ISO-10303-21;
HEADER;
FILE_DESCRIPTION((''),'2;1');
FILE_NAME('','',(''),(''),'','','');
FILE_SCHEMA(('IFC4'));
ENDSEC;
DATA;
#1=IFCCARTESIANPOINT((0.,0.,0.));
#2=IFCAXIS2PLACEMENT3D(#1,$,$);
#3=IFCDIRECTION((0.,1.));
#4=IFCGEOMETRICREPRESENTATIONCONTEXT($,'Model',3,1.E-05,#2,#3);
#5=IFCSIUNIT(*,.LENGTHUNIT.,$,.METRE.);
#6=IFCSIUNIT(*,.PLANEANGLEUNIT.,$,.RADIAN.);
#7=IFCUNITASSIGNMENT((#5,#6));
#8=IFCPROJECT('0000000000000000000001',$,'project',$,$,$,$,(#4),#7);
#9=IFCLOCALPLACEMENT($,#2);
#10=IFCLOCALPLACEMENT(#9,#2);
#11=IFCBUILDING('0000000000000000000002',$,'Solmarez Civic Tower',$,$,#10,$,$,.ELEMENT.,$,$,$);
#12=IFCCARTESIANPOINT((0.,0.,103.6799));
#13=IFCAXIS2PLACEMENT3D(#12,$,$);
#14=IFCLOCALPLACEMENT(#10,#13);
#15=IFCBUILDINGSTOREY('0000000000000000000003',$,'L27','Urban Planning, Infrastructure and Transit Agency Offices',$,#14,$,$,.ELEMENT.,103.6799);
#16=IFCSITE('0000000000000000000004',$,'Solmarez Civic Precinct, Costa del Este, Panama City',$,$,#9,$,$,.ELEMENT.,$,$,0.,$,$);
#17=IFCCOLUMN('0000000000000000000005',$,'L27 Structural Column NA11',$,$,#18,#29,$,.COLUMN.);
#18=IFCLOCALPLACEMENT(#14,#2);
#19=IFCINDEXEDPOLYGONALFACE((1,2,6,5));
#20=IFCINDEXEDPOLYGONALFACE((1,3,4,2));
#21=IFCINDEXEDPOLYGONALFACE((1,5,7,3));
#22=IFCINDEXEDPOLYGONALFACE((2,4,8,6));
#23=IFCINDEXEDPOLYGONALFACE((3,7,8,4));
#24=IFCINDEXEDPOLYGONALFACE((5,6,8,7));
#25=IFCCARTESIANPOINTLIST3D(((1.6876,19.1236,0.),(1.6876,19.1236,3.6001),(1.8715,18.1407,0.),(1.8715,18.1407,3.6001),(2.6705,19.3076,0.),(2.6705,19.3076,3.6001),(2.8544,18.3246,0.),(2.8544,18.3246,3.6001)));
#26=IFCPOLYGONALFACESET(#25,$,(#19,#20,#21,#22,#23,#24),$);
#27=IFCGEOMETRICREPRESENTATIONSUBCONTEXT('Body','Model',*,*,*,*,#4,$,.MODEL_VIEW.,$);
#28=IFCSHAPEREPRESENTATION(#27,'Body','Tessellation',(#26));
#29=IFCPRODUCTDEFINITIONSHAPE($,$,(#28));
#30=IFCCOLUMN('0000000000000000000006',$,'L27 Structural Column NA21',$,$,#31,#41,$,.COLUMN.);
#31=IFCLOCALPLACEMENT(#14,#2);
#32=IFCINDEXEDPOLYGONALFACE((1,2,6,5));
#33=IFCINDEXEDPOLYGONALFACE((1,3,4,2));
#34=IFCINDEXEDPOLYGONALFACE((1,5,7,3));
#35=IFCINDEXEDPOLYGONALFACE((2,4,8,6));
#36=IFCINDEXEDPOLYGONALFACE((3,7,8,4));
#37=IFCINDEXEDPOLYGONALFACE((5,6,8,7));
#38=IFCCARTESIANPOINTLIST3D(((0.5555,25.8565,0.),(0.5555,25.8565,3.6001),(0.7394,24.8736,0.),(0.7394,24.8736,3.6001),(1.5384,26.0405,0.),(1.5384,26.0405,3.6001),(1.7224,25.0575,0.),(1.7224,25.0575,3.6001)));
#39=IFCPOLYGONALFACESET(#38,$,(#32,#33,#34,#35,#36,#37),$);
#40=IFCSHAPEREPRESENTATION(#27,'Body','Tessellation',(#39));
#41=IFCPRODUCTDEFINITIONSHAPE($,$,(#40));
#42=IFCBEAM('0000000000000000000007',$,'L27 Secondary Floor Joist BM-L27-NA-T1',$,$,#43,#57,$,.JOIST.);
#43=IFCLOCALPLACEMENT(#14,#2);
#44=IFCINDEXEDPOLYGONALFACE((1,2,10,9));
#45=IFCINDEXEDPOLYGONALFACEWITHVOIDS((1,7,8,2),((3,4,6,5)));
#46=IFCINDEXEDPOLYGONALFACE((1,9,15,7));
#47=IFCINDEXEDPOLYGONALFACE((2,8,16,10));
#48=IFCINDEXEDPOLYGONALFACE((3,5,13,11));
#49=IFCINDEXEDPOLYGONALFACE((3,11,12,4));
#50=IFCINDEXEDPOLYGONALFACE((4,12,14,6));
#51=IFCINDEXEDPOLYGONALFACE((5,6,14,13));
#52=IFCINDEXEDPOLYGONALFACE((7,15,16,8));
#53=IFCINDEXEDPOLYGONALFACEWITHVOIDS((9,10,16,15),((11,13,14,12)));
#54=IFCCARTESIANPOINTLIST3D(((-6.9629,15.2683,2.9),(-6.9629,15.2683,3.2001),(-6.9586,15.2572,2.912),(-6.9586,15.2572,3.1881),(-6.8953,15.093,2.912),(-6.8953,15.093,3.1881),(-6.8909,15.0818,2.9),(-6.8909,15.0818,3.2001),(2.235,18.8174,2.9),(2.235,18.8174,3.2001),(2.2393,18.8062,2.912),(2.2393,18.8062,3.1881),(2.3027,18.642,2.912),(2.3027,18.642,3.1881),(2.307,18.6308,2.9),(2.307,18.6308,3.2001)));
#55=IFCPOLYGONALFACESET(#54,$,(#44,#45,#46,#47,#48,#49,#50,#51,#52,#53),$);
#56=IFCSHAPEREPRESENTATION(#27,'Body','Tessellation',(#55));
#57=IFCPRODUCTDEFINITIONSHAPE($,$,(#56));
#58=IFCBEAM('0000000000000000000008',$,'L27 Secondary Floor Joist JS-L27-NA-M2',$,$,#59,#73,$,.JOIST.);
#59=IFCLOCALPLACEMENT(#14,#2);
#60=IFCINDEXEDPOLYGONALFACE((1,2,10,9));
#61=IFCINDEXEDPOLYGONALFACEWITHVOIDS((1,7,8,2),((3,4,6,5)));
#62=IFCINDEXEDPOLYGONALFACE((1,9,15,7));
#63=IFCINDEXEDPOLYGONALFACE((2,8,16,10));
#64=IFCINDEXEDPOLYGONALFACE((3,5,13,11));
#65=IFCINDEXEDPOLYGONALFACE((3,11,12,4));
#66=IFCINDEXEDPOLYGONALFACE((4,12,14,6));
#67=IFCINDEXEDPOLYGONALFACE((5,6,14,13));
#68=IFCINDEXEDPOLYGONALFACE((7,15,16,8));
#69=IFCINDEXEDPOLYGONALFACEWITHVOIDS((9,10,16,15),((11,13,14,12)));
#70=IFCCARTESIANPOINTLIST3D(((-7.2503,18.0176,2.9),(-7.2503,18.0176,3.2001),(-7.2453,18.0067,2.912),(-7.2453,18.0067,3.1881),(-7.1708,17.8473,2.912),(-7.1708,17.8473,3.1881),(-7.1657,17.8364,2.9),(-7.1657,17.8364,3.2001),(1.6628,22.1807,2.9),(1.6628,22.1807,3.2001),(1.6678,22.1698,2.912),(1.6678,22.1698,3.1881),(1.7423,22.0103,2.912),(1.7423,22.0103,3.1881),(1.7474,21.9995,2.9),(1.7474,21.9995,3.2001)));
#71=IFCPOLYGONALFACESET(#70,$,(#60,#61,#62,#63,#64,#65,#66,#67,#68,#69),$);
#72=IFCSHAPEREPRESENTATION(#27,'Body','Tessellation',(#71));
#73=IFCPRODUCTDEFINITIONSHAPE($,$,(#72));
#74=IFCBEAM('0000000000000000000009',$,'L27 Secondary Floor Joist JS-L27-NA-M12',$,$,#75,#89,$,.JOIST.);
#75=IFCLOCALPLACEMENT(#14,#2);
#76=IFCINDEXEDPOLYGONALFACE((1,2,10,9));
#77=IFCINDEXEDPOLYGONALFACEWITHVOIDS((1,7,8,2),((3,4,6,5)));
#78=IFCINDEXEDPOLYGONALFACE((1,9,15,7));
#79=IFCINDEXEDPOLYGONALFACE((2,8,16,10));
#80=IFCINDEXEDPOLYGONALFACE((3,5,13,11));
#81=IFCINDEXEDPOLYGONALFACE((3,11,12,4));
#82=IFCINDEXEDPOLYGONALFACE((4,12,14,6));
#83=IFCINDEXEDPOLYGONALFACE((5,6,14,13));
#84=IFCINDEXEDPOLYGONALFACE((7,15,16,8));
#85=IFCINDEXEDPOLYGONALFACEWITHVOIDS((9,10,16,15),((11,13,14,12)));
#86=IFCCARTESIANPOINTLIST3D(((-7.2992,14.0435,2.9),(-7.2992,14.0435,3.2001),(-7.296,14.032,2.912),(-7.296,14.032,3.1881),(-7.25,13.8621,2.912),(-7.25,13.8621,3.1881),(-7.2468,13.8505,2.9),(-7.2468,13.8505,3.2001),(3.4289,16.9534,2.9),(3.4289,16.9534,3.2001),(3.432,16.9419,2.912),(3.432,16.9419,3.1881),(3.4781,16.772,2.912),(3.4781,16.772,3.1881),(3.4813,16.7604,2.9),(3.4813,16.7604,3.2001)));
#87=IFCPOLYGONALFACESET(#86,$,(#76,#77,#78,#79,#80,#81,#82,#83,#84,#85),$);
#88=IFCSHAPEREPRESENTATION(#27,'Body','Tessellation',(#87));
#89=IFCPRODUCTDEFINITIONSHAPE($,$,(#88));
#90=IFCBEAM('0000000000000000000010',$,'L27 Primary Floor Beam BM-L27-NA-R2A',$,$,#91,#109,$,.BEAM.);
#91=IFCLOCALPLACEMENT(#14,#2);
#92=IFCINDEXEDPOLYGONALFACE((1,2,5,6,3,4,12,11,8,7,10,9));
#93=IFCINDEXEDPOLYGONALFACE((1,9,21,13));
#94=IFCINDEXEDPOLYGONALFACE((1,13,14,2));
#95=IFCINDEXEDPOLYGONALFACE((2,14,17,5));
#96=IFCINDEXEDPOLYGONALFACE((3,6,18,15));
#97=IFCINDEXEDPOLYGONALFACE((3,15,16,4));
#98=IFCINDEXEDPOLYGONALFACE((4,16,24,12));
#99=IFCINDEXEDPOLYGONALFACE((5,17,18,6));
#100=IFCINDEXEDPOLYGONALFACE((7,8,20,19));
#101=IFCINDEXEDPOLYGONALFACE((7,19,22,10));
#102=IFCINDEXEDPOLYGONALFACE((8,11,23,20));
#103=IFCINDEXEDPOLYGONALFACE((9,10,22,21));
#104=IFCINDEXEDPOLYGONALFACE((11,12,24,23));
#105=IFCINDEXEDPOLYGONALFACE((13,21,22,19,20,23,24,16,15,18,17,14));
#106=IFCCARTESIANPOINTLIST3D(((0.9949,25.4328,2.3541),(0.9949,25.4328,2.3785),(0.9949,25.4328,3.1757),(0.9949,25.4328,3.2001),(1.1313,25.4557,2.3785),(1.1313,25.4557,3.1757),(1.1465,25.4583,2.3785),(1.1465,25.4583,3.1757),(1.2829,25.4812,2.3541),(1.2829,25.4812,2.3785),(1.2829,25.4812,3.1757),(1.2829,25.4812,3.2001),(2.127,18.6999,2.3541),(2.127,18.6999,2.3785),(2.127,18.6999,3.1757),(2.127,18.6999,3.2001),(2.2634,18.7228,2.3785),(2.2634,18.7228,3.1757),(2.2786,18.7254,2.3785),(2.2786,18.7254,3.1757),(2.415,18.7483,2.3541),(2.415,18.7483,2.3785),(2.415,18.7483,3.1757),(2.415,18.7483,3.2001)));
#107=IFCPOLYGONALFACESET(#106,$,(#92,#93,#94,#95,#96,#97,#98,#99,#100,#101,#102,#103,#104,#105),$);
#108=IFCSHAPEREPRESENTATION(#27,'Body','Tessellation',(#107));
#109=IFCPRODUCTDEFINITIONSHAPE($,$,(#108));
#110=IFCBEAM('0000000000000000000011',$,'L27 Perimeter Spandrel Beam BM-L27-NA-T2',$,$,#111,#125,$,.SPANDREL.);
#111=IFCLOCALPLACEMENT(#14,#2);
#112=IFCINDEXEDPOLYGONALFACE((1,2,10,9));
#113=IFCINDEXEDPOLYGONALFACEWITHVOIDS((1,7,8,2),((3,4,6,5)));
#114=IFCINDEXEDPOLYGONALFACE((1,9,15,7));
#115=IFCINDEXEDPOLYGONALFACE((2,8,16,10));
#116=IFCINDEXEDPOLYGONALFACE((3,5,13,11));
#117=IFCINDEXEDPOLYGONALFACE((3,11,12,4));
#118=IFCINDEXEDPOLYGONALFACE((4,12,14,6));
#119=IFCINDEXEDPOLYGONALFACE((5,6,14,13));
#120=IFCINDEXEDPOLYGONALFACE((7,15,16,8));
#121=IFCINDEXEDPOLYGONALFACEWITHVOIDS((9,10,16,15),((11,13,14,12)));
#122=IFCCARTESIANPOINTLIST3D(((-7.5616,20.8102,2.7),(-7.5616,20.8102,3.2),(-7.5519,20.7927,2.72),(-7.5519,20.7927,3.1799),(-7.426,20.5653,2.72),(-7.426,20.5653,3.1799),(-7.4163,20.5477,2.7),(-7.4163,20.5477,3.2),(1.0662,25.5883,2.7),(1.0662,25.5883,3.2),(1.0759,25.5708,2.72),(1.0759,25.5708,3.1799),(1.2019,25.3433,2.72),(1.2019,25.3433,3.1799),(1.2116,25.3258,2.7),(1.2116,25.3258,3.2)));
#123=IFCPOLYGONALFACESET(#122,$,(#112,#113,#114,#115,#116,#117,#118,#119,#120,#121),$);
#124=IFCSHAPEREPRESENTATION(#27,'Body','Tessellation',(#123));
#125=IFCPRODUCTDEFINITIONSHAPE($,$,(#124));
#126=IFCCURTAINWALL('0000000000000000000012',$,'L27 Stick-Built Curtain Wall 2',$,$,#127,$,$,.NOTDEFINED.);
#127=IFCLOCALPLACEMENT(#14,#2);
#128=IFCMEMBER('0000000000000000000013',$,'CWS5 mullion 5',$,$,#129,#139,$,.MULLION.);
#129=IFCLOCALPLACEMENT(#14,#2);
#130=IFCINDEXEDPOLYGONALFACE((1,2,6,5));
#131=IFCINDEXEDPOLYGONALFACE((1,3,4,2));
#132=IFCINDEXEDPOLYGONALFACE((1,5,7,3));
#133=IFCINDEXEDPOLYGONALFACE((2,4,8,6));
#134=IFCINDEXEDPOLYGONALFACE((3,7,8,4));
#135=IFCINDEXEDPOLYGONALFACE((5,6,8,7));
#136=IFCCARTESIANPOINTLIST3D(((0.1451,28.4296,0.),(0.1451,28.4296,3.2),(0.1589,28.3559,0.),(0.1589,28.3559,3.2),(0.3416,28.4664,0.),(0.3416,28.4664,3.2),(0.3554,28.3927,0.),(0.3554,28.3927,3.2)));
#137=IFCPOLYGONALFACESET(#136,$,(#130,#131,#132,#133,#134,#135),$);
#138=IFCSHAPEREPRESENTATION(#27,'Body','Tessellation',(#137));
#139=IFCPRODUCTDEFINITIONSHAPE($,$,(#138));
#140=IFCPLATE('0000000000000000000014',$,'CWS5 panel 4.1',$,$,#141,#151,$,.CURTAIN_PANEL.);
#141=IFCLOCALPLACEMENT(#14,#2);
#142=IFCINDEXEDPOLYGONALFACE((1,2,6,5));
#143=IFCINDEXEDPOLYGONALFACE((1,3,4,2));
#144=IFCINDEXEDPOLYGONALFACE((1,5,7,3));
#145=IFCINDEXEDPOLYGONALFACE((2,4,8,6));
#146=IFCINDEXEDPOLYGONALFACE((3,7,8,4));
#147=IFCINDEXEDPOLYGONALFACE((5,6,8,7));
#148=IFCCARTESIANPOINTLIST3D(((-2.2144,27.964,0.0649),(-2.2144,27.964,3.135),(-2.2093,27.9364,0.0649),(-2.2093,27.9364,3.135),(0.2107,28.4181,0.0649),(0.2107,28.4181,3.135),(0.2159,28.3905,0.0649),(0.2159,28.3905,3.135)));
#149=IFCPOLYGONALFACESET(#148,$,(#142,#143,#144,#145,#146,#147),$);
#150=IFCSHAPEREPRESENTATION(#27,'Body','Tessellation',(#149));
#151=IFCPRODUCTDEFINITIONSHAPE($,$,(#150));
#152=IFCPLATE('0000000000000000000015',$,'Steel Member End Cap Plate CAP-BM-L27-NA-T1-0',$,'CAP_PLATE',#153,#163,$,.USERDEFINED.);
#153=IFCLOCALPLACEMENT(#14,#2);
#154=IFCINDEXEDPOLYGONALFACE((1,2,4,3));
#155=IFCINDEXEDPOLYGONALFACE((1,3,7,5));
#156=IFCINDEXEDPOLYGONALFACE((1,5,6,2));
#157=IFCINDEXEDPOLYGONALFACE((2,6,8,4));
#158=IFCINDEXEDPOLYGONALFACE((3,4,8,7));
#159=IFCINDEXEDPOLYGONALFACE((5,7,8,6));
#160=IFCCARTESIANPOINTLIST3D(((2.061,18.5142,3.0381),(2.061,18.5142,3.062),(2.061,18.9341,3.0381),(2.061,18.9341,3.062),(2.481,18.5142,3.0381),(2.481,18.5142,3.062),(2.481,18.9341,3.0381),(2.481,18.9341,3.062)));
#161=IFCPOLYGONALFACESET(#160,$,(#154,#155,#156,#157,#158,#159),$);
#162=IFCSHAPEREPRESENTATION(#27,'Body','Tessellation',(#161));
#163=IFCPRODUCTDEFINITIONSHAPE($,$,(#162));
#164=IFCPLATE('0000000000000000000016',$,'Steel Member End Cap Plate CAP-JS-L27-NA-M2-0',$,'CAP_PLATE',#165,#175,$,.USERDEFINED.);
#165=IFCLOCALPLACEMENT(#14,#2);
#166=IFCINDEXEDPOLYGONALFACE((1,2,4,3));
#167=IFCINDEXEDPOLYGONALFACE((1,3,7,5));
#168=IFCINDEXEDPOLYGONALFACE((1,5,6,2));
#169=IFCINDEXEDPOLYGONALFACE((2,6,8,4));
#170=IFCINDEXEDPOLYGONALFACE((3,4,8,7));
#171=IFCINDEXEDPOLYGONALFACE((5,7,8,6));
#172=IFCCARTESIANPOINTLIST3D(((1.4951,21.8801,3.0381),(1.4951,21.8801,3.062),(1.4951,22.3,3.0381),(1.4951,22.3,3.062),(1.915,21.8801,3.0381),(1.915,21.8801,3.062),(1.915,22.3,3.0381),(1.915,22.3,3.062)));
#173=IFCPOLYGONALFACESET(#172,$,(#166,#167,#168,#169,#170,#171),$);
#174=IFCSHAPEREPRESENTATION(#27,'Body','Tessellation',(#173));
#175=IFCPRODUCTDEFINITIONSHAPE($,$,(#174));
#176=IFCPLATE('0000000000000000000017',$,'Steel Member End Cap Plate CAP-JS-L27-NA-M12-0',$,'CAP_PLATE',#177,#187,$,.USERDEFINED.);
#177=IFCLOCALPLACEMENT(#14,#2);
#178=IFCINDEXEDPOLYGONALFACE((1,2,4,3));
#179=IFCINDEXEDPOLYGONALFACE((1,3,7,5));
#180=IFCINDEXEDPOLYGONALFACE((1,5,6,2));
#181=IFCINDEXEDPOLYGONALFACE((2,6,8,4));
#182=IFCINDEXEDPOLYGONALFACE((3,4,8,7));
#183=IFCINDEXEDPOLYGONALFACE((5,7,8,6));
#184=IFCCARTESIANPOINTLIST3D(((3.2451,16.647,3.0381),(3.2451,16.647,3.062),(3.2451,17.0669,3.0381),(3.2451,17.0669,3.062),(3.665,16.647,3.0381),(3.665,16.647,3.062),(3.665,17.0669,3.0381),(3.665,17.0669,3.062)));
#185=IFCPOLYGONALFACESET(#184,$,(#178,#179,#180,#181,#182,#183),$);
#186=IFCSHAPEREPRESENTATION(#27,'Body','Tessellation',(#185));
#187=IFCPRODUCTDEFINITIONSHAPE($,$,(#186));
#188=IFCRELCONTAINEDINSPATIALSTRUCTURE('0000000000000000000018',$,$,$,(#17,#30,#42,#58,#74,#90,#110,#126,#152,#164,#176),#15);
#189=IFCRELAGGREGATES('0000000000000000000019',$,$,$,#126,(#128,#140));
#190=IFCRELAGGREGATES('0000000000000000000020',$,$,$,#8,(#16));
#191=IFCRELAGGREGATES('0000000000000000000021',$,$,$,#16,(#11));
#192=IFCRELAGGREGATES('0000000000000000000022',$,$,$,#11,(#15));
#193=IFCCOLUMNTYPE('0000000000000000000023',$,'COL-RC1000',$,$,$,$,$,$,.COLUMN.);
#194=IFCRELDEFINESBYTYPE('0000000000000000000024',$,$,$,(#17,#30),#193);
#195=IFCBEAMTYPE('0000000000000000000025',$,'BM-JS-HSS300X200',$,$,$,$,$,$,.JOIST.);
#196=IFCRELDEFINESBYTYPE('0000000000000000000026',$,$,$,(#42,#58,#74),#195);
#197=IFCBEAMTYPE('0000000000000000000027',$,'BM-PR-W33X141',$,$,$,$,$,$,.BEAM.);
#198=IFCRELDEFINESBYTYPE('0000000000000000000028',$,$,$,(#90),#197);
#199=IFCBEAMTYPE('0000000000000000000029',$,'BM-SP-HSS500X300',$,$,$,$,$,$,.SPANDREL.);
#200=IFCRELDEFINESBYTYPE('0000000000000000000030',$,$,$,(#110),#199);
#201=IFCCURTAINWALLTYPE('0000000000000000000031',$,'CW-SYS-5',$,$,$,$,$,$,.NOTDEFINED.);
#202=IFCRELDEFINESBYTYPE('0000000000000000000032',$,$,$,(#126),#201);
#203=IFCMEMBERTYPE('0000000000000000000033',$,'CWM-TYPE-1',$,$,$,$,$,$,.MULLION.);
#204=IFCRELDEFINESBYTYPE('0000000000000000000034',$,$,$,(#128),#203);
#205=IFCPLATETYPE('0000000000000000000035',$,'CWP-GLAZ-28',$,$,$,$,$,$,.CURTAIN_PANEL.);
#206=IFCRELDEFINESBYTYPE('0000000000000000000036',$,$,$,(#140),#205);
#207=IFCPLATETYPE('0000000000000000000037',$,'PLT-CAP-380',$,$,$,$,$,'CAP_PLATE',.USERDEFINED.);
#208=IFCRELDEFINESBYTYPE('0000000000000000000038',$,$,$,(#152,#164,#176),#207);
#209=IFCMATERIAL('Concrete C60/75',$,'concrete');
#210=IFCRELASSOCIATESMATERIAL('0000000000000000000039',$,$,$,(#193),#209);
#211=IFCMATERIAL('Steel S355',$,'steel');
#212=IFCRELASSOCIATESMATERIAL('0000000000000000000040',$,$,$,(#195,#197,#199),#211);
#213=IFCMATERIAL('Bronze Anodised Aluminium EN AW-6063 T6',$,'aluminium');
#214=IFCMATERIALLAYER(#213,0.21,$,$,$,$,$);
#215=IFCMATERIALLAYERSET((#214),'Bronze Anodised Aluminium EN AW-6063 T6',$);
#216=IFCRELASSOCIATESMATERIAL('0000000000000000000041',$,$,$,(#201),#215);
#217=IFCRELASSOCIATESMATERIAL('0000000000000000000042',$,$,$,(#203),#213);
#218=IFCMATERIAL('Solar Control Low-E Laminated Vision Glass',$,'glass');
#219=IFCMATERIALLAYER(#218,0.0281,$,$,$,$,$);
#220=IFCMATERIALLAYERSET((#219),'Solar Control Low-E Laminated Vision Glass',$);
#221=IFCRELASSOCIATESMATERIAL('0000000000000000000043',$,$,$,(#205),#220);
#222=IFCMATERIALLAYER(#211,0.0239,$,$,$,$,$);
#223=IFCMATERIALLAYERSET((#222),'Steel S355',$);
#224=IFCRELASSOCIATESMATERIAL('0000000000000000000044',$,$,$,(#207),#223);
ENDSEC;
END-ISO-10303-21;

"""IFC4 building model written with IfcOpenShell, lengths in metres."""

from ifc_helpers import new_model, si_unit, direction, frame, origin, origin_2d, place, context, subcontext, project, spatial, rectangle, hollow_rectangle, i_section, extrude, material, layer, layer_set, material_profile, profile_set, type_object, element, aggregate, save


model = new_model("IFC4")

# Units and contexts
model_context = context("Model", 3, precision=1e-05, world=origin(), true_north=direction((0.0, 1.0)))
body_context = subcontext(model_context, "Body", "Model", "MODEL_VIEW")
ifc_project = project(units=[si_unit("LENGTHUNIT", "METRE"), si_unit("PLANEANGLEUNIT", "RADIAN")], contexts=[model_context])

# Site, building, storey
site_placement = place(None, origin())
site = spatial("IfcSite", under=ifc_project, at=site_placement, Name="Solmarez Civic Precinct, Costa del Este, Panama City", CompositionType="ELEMENT", RefElevation=0.0)
building_placement = place(site_placement, origin())
building = spatial("IfcBuilding", under=site, at=building_placement, Name="Solmarez Civic Tower", CompositionType="ELEMENT")
storey_placement = place(building_placement, frame((0.0, 0.0, 103.6799)))
storey = spatial("IfcBuildingStorey", under=building, at=storey_placement, Name="L27", Description="Urban Planning, Infrastructure and Transit Agency Offices", CompositionType="ELEMENT", Elevation=103.6799)

# Columns
ifc_material_1 = material(Name="Concrete C60/75", Category="concrete")
ifc_material_profile_1 = material_profile(ifc_material_1, rectangle(XDim=1.0, YDim=1.0, at=origin_2d()), Name="RC1000X1000")
ifc_profile_set_1 = profile_set([ifc_material_profile_1], Name="Concrete C60/75")
column_type = type_object("IfcColumnType", Name="COL-RC1000", PredefinedType="COLUMN", material=ifc_profile_set_1)
for number, where, z_axis, x_axis, name in (
    (1, (2.271, 18.7241, 0.0), (0.0, 0.0, 1.0), (0.982935, 0.183951, 0.0), "L27 Structural Column NA11"),
    (2, (1.1389, 25.457, 0.0), (0.0, 0.0, 1.0), (0.982935, 0.183951, 0.0), "L27 Structural Column NA21"),
):
    element("IfcColumn", number, at=place(storey_placement, frame(where, z_axis=z_axis, x_axis=x_axis)), inside=storey, type_object=column_type, Name=name, PredefinedType="COLUMN", context=body_context, shape_type="SweptSolid", body=[
        extrude(rectangle(XDim=1.0, YDim=1.0, at=origin_2d()), origin(), (0.0, 0.0, 1.0), 3.6001),
    ])

# Beams
ifc_material_2 = material(Name="Steel S355", Category="steel")
ifc_material_profile_2 = material_profile(ifc_material_2, hollow_rectangle(XDim=0.2, YDim=0.3, WallThickness=0.012, at=origin_2d()), Name="HSS300X200X12")
ifc_profile_set_2 = profile_set([ifc_material_profile_2], Name="Steel S355")
beam_type_1 = type_object("IfcBeamType", Name="BM-JS-HSS300X200", PredefinedType="JOIST", material=ifc_profile_set_2)
beam_1_placement = place(storey_placement, frame((2.271, 18.7241, 3.05), z_axis=(-0.932958, -0.359984, 0.0), x_axis=(0.359984, -0.932958, 0.0)))
element("IfcBeam", 3, at=beam_1_placement, inside=storey, type_object=beam_type_1, Name="L27 Secondary Floor Joist BM-L27-NA-T1", PredefinedType="JOIST", context=body_context, shape_type="SweptSolid", body=[
    extrude(hollow_rectangle(XDim=0.2, YDim=0.3, WallThickness=0.012, at=origin_2d()), origin(), (0.0, 0.0, 1.0), 9.8589),
])
beam_2_placement = place(storey_placement, frame((1.7051, 22.0901, 3.05), z_axis=(-0.906041, -0.42319, 0.0), x_axis=(0.42319, -0.906041, 0.0)))
element("IfcBeam", 4, at=beam_2_placement, inside=storey, type_object=beam_type_1, Name="L27 Secondary Floor Joist JS-L27-NA-M2", PredefinedType="JOIST", context=body_context, shape_type="SweptSolid", body=[
    extrude(hollow_rectangle(XDim=0.2, YDim=0.3, WallThickness=0.012, at=origin_2d()), origin(), (0.0, 0.0, 1.0), 9.8374),
])
beam_3_placement = place(storey_placement, frame((3.4551, 16.8569, 3.05), z_axis=(-0.965126, -0.261785, 0.0), x_axis=(0.261785, -0.965126, 0.0)))
element("IfcBeam", 5, at=beam_3_placement, inside=storey, type_object=beam_type_1, Name="L27 Secondary Floor Joist JS-L27-NA-M12", PredefinedType="JOIST", context=body_context, shape_type="SweptSolid", body=[
    extrude(hollow_rectangle(XDim=0.2, YDim=0.3, WallThickness=0.012, at=origin_2d()), origin(), (0.0, 0.0, 1.0), 11.1157),
])
ifc_material_profile_3 = material_profile(ifc_material_2, i_section(OverallWidth=0.292, OverallDepth=0.8459, WebThickness=0.0154, FlangeThickness=0.0244, at=origin_2d()), Name="W33X141")
ifc_profile_set_3 = profile_set([ifc_material_profile_3], Name="Steel S355")
beam_type_2 = type_object("IfcBeamType", Name="BM-PR-W33X141", PredefinedType="BEAM", material=ifc_profile_set_3)
beam_4_placement = place(storey_placement, frame((2.271, 18.7241, 2.7771), z_axis=(-0.165814, 0.986157, 0.0), x_axis=(-0.986157, -0.165814, 0.0)))
element("IfcBeam", 6, at=beam_4_placement, inside=storey, type_object=beam_type_2, Name="L27 Primary Floor Beam BM-L27-NA-R2A", PredefinedType="BEAM", context=body_context, shape_type="SweptSolid", body=[
    extrude(i_section(OverallWidth=0.292, OverallDepth=0.8459, WebThickness=0.0154, FlangeThickness=0.0244, at=origin_2d()), origin(), (0.0, 0.0, 1.0), 6.8274),
])
ifc_material_profile_4 = material_profile(ifc_material_2, hollow_rectangle(XDim=0.3, YDim=0.5, WallThickness=0.02, at=origin_2d()), Name="HSS500X300X20")
ifc_profile_set_4 = profile_set([ifc_material_profile_4], Name="Steel S355")
beam_type_3 = type_object("IfcBeamType", Name="BM-SP-HSS500X300", PredefinedType="SPANDREL", material=ifc_profile_set_4)
beam_5_placement = place(storey_placement, frame((1.1389, 25.457, 2.95), z_axis=(-0.874812, -0.484463, 0.0), x_axis=(0.484463, -0.874812, 0.0)))
element("IfcBeam", 7, at=beam_5_placement, inside=storey, type_object=beam_type_3, Name="L27 Perimeter Spandrel Beam BM-L27-NA-T2", PredefinedType="SPANDREL", context=body_context, shape_type="SweptSolid", body=[
    extrude(hollow_rectangle(XDim=0.3, YDim=0.5, WallThickness=0.02, at=origin_2d()), origin(), (0.0, 0.0, 1.0), 9.8625),
])

# Curtain wall, member, plate
ifc_material_3 = material(Name="Bronze Anodised Aluminium EN AW-6063 T6", Category="aluminium")
ifc_layer_1 = layer(ifc_material_3, 0.21)
ifc_layer_set_1 = layer_set([ifc_layer_1], Name="Bronze Anodised Aluminium EN AW-6063 T6")
curtain_wall_type = type_object("IfcCurtainWallType", Name="CW-SYS-5", PredefinedType="NOTDEFINED", material=ifc_layer_set_1)
curtain_wall_placement = place(storey_placement, origin())
curtain_wall = element("IfcCurtainWall", 8, at=curtain_wall_placement, inside=storey, type_object=curtain_wall_type, Name="L27 Stick-Built Curtain Wall 2", PredefinedType="NOTDEFINED")
ifc_material_profile_5 = material_profile(ifc_material_3, rectangle(XDim=0.075, YDim=0.2, at=origin_2d()), Name="CWM-75X200")
ifc_profile_set_5 = profile_set([ifc_material_profile_5], Name="Bronze Anodised Aluminium EN AW-6063 T6")
member_type = type_object("IfcMemberType", Name="CWM-TYPE-1", PredefinedType="MULLION", material=ifc_profile_set_5)
member_placement = place(storey_placement, frame((0.2502, 28.4111, 0.0), z_axis=(0.0, 0.0, 1.0), x_axis=(-0.184025, 0.982922, 0.0)))
member = element("IfcMember", 9, at=member_placement, type_object=member_type, Name="CWS5 mullion 5", PredefinedType="MULLION", context=body_context, shape_type="SweptSolid", body=[
    extrude(rectangle(XDim=0.075, YDim=0.2, at=origin_2d()), origin(), (0.0, 0.0, 1.0), 3.2),
])
ifc_material_4 = material(Name="Solar Control Low-E Laminated Vision Glass", Category="glass")
ifc_layer_2 = layer(ifc_material_4, 0.0281)
ifc_layer_set_2 = layer_set([ifc_layer_2], Name="Solar Control Low-E Laminated Vision Glass")
plate_type_1 = type_object("IfcPlateType", Name="CWP-GLAZ-28", PredefinedType="CURTAIN_PANEL", material=ifc_layer_set_2)
plate_1_placement = place(storey_placement, frame((-0.9993, 28.1772, 0.0649), z_axis=(0.0, 0.0, 1.0), x_axis=(0.982922, 0.184025, 0.0)))
plate_1 = element("IfcPlate", 10, at=plate_1_placement, type_object=plate_type_1, Name="CWS5 panel 4.1", PredefinedType="CURTAIN_PANEL", context=body_context, shape_type="SweptSolid", body=[
    extrude(rectangle(XDim=2.4673, YDim=0.0281, at=origin_2d()), origin(), (0.0, 0.0, 1.0), 3.0701),
])
aggregate(curtain_wall, [member, plate_1])

# Plates
ifc_layer_3 = layer(ifc_material_2, 0.0239)
ifc_layer_set_3 = layer_set([ifc_layer_3], Name="Steel S355")
plate_type_2 = type_object("IfcPlateType", Name="PLT-CAP-380", ElementType="CAP_PLATE", PredefinedType="USERDEFINED", material=ifc_layer_set_3)
for number, where, z_axis, x_axis, name in (
    (11, (2.271, 18.7241, 3.0381), (0.0, 0.0, 1.0), (1.0, 0.0, 0.0), "Steel Member End Cap Plate CAP-BM-L27-NA-T1-0"),
    (12, (1.7051, 22.0901, 3.0381), (0.0, 0.0, 1.0), (1.0, 0.0, 0.0), "Steel Member End Cap Plate CAP-JS-L27-NA-M2-0"),
    (13, (3.4551, 16.8569, 3.0381), (0.0, 0.0, 1.0), (1.0, 0.0, 0.0), "Steel Member End Cap Plate CAP-JS-L27-NA-M12-0"),
):
    element("IfcPlate", number, at=place(storey_placement, frame(where, z_axis=z_axis, x_axis=x_axis)), inside=storey, type_object=plate_type_2, Name=name, ObjectType="CAP_PLATE", PredefinedType="USERDEFINED", context=body_context, shape_type="SweptSolid", body=[
        extrude(rectangle(XDim=0.4199, YDim=0.4199, at=origin_2d()), origin(), (0.0, 0.0, 1.0), 0.0239),
    ])

save(model, "model.ifc")
